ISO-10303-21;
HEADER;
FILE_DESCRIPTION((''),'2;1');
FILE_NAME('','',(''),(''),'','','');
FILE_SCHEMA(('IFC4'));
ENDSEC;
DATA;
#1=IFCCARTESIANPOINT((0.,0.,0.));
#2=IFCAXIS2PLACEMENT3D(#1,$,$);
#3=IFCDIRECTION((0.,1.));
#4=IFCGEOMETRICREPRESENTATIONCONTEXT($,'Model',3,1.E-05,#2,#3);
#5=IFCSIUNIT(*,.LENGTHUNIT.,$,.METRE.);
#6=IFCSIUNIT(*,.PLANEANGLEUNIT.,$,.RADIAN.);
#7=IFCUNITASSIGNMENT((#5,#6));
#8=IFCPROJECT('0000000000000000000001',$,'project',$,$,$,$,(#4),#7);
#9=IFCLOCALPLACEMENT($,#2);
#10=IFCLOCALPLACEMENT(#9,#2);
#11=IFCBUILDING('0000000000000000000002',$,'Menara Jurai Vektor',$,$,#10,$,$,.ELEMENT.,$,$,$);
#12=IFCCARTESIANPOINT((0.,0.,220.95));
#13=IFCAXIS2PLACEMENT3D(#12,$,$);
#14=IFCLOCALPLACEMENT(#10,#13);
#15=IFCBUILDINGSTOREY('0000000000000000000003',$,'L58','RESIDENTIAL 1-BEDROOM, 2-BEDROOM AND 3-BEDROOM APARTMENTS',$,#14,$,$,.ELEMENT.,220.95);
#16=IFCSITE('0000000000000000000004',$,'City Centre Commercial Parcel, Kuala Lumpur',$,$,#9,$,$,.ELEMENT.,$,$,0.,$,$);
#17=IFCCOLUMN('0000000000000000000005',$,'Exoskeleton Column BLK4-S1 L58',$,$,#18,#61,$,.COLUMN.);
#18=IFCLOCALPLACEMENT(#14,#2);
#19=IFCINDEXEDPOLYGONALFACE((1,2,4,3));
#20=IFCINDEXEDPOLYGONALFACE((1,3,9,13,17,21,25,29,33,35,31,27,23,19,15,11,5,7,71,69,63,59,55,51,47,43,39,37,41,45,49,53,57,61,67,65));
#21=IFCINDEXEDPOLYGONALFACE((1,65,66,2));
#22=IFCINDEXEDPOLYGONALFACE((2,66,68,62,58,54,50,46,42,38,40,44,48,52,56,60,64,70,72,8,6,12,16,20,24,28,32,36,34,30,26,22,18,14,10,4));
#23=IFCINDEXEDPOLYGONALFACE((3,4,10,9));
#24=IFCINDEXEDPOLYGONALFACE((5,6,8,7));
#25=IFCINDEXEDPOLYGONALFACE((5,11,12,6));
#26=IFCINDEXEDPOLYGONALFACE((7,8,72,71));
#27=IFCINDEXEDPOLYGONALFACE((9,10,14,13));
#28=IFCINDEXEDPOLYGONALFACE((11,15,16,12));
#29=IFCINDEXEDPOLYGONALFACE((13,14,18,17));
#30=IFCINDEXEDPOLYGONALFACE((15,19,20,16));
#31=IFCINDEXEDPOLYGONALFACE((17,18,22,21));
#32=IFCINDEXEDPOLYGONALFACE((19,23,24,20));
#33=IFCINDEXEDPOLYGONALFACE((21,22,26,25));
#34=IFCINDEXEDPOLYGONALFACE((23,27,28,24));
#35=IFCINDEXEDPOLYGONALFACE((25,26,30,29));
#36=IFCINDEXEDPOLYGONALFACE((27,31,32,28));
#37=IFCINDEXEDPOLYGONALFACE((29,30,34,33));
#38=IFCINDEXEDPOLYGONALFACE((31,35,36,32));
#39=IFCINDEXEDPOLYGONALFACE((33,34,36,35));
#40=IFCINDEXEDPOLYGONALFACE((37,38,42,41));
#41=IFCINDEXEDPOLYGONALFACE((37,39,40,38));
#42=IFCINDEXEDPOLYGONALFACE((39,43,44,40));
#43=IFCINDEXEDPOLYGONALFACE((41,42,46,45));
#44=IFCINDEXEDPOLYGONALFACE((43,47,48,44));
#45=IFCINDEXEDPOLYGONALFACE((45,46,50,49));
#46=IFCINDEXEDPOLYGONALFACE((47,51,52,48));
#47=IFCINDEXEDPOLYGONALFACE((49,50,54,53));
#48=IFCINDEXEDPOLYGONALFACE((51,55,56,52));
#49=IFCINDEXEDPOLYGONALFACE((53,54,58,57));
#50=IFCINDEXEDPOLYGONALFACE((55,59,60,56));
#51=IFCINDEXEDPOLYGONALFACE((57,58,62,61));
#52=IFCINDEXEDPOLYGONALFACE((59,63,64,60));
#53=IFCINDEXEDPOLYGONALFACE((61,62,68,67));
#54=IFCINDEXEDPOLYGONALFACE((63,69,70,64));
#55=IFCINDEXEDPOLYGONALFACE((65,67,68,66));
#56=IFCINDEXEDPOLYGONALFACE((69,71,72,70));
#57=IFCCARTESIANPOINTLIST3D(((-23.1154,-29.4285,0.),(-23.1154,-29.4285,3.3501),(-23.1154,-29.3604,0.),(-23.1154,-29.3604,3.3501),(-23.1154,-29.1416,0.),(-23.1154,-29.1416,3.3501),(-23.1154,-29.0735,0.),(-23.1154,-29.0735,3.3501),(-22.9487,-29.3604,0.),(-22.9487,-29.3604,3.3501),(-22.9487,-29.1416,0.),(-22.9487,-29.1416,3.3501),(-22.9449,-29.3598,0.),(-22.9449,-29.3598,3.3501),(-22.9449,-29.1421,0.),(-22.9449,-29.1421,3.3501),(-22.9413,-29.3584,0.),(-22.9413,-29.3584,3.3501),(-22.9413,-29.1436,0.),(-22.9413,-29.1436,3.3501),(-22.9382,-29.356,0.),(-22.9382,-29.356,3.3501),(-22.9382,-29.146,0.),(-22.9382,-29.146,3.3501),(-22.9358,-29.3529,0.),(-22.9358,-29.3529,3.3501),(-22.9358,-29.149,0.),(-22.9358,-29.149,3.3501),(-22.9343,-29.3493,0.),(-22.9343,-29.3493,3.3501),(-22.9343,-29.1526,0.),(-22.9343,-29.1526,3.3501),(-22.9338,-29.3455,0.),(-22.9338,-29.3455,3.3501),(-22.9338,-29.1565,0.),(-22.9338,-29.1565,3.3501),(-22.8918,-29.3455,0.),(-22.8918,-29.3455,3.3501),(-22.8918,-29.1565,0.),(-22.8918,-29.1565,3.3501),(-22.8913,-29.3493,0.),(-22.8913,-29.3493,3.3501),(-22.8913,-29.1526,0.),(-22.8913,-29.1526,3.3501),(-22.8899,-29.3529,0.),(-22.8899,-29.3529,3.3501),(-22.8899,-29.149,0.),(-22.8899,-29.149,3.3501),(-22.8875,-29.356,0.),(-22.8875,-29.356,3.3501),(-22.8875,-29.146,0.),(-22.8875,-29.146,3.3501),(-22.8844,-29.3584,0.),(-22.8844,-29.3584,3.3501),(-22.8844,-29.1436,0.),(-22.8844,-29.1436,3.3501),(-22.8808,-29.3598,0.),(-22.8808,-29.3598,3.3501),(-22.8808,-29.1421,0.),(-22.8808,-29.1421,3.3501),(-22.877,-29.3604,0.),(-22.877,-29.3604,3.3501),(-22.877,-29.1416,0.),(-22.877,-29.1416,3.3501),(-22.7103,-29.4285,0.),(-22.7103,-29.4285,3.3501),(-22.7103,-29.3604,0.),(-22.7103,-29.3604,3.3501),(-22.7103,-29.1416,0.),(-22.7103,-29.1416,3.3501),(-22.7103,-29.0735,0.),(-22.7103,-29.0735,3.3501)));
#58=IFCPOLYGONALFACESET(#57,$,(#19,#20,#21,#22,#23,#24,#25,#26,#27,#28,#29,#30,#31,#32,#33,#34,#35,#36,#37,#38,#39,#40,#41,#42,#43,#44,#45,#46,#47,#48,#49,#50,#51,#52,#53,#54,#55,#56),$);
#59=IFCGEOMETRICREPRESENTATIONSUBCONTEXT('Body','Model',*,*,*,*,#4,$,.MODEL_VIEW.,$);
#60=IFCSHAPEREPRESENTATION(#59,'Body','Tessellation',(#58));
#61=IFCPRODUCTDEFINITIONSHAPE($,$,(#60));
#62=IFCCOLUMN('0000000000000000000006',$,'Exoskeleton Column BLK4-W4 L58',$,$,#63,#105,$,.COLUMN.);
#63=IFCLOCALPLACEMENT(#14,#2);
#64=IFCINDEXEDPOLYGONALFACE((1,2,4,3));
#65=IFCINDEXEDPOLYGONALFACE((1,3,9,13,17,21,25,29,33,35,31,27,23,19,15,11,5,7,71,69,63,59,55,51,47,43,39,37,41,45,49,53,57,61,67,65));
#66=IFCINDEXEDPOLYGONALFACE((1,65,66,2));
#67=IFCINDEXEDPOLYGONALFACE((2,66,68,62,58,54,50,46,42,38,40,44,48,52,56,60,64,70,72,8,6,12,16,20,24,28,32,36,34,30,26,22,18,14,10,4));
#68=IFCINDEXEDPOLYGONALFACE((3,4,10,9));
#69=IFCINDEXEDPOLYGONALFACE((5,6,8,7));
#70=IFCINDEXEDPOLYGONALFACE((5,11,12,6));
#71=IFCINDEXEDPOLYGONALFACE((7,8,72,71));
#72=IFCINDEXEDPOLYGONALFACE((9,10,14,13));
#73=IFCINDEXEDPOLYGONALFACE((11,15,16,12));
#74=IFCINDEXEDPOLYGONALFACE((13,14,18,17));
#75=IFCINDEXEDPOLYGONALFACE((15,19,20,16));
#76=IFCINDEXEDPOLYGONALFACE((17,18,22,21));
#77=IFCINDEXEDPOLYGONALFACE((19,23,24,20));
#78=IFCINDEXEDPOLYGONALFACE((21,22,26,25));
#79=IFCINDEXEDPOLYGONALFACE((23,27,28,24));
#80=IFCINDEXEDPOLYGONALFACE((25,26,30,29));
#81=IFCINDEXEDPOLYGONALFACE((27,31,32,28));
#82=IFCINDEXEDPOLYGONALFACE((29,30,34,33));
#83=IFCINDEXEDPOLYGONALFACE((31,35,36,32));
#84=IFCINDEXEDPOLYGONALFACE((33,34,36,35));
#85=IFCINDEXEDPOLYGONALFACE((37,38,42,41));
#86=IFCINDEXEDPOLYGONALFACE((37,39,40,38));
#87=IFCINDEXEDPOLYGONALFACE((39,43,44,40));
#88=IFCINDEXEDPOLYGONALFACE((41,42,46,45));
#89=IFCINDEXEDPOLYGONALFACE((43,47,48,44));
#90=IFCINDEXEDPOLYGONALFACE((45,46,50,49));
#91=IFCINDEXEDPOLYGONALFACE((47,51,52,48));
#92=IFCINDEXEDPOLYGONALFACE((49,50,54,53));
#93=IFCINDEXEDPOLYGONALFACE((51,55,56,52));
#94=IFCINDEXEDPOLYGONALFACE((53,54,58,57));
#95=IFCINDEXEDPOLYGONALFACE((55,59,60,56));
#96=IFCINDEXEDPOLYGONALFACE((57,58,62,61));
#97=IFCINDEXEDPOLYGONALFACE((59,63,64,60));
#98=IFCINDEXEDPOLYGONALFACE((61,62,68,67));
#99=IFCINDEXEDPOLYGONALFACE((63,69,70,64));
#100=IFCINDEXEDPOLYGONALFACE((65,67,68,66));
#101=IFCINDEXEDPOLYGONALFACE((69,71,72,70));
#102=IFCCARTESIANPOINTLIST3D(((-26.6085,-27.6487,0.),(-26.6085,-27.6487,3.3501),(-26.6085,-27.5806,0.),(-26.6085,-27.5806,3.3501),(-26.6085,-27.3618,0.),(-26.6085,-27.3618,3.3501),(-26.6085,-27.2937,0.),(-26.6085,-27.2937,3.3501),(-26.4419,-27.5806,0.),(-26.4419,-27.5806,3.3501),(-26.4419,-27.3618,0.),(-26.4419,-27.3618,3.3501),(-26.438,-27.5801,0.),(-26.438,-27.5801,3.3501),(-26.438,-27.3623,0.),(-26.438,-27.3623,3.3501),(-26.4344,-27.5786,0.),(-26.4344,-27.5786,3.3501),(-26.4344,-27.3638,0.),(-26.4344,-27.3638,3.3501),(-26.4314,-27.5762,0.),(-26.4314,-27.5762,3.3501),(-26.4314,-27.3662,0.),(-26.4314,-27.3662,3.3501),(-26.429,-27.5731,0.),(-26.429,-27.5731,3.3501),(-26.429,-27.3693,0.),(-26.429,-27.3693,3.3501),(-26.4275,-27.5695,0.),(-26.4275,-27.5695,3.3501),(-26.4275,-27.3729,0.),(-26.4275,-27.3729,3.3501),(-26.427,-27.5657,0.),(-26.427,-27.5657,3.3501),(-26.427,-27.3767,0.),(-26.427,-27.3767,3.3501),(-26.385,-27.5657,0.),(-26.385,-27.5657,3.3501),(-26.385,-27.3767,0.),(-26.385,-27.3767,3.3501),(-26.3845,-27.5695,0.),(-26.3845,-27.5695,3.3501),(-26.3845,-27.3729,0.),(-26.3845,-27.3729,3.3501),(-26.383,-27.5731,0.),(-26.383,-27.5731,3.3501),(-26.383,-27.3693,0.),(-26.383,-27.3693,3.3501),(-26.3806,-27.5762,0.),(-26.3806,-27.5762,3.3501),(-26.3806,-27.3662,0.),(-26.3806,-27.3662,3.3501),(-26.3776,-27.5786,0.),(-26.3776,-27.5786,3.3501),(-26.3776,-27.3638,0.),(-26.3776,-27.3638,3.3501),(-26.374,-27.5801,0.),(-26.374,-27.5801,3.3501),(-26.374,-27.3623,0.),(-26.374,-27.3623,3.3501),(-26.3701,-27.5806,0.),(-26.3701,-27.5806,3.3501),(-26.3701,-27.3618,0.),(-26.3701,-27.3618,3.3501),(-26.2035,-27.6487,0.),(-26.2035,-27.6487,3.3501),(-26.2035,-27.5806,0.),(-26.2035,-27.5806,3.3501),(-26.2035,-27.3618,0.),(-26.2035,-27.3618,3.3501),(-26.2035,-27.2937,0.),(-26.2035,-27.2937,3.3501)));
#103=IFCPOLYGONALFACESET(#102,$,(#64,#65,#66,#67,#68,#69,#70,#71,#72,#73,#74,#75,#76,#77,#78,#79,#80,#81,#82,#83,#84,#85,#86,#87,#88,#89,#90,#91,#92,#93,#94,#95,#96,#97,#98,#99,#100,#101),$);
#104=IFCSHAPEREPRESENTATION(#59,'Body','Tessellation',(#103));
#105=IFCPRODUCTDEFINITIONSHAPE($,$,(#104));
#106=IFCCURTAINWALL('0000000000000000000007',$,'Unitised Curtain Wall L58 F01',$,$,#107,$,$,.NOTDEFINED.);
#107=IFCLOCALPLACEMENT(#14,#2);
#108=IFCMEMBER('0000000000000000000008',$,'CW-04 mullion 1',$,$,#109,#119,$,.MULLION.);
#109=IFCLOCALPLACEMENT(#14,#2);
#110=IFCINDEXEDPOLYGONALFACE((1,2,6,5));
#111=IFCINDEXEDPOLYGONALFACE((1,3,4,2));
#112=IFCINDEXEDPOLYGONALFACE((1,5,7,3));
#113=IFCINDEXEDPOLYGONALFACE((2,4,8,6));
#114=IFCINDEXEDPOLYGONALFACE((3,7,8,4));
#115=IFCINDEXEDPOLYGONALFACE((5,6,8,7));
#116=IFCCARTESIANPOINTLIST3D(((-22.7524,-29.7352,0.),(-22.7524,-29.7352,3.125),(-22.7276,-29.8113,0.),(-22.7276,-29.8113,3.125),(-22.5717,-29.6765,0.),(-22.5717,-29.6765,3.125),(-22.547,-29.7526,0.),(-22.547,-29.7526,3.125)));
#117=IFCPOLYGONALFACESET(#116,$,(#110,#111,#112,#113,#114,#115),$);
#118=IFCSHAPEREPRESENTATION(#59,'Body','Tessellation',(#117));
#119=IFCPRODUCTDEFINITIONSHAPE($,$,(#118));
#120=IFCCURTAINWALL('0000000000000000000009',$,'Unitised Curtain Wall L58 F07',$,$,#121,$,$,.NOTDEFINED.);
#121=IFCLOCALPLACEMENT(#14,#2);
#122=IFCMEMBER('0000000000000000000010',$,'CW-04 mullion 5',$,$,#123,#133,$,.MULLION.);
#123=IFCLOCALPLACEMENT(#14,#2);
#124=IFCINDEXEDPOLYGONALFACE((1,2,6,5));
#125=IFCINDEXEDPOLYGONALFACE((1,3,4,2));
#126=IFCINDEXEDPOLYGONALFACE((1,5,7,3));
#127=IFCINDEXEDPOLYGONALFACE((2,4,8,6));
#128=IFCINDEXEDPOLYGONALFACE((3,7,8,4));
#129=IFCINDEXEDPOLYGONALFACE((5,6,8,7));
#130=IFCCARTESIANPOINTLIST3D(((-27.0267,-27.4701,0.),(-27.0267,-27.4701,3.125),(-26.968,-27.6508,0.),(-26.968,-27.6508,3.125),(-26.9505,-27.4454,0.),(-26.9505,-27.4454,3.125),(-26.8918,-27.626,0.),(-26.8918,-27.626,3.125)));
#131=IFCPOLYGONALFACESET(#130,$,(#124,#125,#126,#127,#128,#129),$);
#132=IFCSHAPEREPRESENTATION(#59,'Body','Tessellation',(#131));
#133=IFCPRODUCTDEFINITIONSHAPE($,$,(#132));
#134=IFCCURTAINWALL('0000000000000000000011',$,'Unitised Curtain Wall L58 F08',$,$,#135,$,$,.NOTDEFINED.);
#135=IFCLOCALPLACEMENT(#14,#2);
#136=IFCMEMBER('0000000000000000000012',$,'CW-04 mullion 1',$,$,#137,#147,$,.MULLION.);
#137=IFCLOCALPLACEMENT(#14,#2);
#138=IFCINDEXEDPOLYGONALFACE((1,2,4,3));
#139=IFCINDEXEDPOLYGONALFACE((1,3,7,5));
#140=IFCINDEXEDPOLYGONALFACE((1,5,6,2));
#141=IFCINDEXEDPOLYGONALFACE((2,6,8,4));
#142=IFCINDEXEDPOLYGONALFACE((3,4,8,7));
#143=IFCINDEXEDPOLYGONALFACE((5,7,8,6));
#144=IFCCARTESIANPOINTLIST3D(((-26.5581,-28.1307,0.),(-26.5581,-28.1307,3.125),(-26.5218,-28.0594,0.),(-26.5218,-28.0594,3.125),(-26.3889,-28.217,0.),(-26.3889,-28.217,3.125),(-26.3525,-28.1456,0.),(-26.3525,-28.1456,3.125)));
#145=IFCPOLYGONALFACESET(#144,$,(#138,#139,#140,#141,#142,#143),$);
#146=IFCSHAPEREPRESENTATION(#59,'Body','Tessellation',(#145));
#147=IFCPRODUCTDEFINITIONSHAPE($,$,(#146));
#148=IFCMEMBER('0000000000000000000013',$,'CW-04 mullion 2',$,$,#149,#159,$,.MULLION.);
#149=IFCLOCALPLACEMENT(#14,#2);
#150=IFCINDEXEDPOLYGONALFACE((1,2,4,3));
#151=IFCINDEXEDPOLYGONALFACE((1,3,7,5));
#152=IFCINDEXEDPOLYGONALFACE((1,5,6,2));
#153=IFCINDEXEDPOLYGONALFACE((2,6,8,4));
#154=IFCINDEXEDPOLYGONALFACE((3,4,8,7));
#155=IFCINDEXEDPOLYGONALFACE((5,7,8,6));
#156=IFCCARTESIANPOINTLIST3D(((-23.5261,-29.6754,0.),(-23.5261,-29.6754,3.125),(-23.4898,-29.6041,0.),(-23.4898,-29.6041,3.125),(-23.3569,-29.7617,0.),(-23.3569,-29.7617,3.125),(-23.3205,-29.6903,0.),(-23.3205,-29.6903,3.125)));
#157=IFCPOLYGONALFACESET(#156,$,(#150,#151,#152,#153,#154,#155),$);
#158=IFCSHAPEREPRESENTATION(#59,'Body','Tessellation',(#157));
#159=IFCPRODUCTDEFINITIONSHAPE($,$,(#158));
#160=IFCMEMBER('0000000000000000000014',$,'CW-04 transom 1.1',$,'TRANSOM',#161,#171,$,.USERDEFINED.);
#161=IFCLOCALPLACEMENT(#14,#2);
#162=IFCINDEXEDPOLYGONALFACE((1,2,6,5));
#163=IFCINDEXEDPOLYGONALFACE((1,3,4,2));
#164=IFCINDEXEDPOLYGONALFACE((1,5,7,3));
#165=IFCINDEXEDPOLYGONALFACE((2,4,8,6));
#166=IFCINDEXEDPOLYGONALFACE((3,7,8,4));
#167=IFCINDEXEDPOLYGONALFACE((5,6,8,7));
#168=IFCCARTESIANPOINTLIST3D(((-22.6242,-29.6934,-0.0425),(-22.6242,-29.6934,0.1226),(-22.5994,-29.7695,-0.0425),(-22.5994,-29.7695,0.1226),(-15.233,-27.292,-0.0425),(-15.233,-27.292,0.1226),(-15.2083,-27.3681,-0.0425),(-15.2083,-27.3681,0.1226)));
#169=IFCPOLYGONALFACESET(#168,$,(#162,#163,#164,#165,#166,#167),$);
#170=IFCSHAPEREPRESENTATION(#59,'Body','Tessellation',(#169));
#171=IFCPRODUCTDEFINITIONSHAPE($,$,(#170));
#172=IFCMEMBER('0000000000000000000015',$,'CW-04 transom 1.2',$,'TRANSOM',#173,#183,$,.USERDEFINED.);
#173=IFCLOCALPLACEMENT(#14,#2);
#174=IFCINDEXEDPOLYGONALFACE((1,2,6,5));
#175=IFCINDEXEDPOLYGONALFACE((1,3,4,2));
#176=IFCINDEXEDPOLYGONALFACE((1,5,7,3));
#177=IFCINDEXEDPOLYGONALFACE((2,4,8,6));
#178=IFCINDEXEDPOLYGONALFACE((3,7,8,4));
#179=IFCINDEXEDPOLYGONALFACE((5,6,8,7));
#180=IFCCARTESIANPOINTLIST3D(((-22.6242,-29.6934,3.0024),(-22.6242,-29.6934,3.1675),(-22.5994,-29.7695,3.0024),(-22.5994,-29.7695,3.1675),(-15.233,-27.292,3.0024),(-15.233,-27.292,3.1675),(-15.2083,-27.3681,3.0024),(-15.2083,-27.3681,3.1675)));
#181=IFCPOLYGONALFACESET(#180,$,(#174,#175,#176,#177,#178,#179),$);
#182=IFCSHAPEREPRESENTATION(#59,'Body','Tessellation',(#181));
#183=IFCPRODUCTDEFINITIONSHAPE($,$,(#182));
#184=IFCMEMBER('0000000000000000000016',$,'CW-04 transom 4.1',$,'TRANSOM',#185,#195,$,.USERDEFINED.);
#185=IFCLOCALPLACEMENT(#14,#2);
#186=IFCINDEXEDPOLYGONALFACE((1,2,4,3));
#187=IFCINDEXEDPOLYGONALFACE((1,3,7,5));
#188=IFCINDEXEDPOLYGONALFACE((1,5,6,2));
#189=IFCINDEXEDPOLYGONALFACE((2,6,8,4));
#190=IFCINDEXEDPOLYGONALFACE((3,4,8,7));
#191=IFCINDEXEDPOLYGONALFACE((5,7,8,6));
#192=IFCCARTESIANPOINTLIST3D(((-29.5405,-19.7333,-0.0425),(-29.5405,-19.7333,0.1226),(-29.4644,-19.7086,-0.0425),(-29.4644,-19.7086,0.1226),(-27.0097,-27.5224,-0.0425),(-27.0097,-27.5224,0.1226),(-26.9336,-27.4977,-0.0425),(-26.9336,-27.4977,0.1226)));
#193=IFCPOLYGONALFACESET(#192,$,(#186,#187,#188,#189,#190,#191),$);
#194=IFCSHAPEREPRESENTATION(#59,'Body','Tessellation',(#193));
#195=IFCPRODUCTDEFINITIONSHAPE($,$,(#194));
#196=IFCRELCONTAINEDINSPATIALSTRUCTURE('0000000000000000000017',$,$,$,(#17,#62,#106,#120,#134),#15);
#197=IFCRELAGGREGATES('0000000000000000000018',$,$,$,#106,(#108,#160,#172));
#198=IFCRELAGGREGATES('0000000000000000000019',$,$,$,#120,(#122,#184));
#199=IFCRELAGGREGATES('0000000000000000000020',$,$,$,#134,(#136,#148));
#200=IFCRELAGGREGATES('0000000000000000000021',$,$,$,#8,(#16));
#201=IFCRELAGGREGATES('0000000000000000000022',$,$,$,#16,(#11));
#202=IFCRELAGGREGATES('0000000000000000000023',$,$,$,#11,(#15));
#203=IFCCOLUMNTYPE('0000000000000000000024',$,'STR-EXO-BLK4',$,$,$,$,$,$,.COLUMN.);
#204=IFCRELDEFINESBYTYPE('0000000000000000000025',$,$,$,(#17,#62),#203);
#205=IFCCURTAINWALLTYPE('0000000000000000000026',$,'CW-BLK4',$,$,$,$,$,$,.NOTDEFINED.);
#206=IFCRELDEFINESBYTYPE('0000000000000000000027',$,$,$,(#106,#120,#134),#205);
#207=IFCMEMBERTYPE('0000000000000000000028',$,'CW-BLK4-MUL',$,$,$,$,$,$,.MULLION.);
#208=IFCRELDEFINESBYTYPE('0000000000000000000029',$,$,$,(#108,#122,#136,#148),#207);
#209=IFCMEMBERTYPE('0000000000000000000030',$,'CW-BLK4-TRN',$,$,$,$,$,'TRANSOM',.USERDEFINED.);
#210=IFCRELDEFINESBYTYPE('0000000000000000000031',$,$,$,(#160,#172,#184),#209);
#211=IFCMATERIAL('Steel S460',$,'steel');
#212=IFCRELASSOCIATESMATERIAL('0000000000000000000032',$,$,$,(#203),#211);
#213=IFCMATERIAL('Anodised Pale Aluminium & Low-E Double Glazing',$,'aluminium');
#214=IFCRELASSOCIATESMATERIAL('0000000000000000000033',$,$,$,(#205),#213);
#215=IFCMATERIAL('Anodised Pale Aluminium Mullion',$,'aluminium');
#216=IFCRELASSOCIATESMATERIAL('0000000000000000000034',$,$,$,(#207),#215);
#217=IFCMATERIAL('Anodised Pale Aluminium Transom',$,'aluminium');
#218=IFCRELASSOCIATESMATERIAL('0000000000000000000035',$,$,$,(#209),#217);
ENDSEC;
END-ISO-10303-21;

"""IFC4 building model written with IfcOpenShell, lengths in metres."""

from ifc_helpers import new_model, si_unit, direction, frame, origin, origin_2d, place, context, subcontext, project, spatial, rectangle, i_section, extrude, material, material_profile, profile_set, type_object, element, aggregate, save


model = new_model("IFC4")

# Units and contexts
model_context = context("Model", 3, precision=1e-05, world=origin(), true_north=direction((0.0, 1.0)))
body_context = subcontext(model_context, "Body", "Model", "MODEL_VIEW")
ifc_project = project(units=[si_unit("LENGTHUNIT", "METRE"), si_unit("PLANEANGLEUNIT", "RADIAN")], contexts=[model_context])

# Site, building, storey
site_placement = place(None, origin())
site = spatial("IfcSite", under=ifc_project, at=site_placement, Name="City Centre Commercial Parcel, Kuala Lumpur", CompositionType="ELEMENT", RefElevation=0.0)
building_placement = place(site_placement, origin())
building = spatial("IfcBuilding", under=site, at=building_placement, Name="Menara Jurai Vektor", CompositionType="ELEMENT")
storey_placement = place(building_placement, frame((0.0, 0.0, 220.95)))
storey = spatial("IfcBuildingStorey", under=building, at=storey_placement, Name="L58", Description="RESIDENTIAL 1-BEDROOM, 2-BEDROOM AND 3-BEDROOM APARTMENTS", CompositionType="ELEMENT", Elevation=220.95)

# Columns
ifc_material_1 = material(Name="Steel S460", Category="steel")
ifc_material_profile_1 = material_profile(ifc_material_1, i_section(OverallWidth=0.405, OverallDepth=0.355, WebThickness=0.042, FlangeThickness=0.0681, FilletRadius=0.0149, at=origin_2d()), Name="HD 400x551")
ifc_profile_set_1 = profile_set([ifc_material_profile_1], Name="Steel S460")
column_type = type_object("IfcColumnType", Name="STR-EXO-BLK4", PredefinedType="COLUMN", material=ifc_profile_set_1)
for number, where, z_axis, x_axis, name in (
    (1, (-22.9128, -29.251, 0.0), (0.0, 0.0, 1.0), (1.0, 0.0, 0.0), "Exoskeleton Column BLK4-S1 L58"),
    (2, (-26.406, -27.4712, 0.0), (0.0, 0.0, 1.0), (1.0, 0.0, 0.0), "Exoskeleton Column BLK4-W4 L58"),
):
    element("IfcColumn", number, at=place(storey_placement, frame(where, z_axis=z_axis, x_axis=x_axis)), inside=storey, type_object=column_type, Name=name, PredefinedType="COLUMN", context=body_context, shape_type="SweptSolid", body=[
        extrude(i_section(OverallWidth=0.405, OverallDepth=0.355, WebThickness=0.042, FlangeThickness=0.0681, FilletRadius=0.0149, at=origin_2d()), origin(), (0.0, 0.0, 1.0), 3.3501),
    ])

# Curtain walls, members
ifc_material_2 = material(Name="Anodised Pale Aluminium & Low-E Double Glazing", Category="aluminium")
curtain_wall_type = type_object("IfcCurtainWallType", Name="CW-BLK4", PredefinedType="NOTDEFINED", material=ifc_material_2)
curtain_wall_1_placement = place(storey_placement, origin())
curtain_wall_1 = element("IfcCurtainWall", 3, at=curtain_wall_1_placement, inside=storey, type_object=curtain_wall_type, Name="Unitised Curtain Wall L58 F01", PredefinedType="NOTDEFINED")
ifc_material_3 = material(Name="Anodised Pale Aluminium Mullion", Category="aluminium")
ifc_material_profile_2 = material_profile(ifc_material_3, rectangle(XDim=0.0801, YDim=0.1899, at=origin_2d()), Name="ALU MUL 80x190")
ifc_profile_set_2 = profile_set([ifc_material_profile_2], Name="Anodised Pale Aluminium Mullion")
member_type_1 = type_object("IfcMemberType", Name="CW-BLK4-MUL", PredefinedType="MULLION", material=ifc_profile_set_2)
member_1_placement = place(storey_placement, frame((-22.6497, -29.7439, 0.0), z_axis=(0.0, 0.0, 1.0), x_axis=(-0.309017, 0.951056, 0.0)))
member_1 = element("IfcMember", 4, at=member_1_placement, type_object=member_type_1, Name="CW-04 mullion 1", PredefinedType="MULLION", context=body_context, shape_type="SweptSolid", body=[
    extrude(rectangle(XDim=0.0801, YDim=0.1899, at=origin_2d()), origin(), (0.0, 0.0, 1.0), 3.125),
])
curtain_wall_2_placement = place(storey_placement, origin())
curtain_wall_2 = element("IfcCurtainWall", 5, at=curtain_wall_2_placement, inside=storey, type_object=curtain_wall_type, Name="Unitised Curtain Wall L58 F07", PredefinedType="NOTDEFINED")
member_2_placement = place(storey_placement, frame((-26.9592, -27.5481, 0.0), z_axis=(0.0, 0.0, 1.0), x_axis=(0.951057, 0.309016, 0.0)))
member_2 = element("IfcMember", 6, at=member_2_placement, type_object=member_type_1, Name="CW-04 mullion 5", PredefinedType="MULLION", context=body_context, shape_type="SweptSolid", body=[
    extrude(rectangle(XDim=0.0801, YDim=0.1899, at=origin_2d()), origin(), (0.0, 0.0, 1.0), 3.125),
])

# Curtain wall, members
curtain_wall_3_placement = place(storey_placement, origin())
curtain_wall_3 = element("IfcCurtainWall", 7, at=curtain_wall_3_placement, inside=storey, type_object=curtain_wall_type, Name="Unitised Curtain Wall L58 F08", PredefinedType="NOTDEFINED")
member_3_placement = place(storey_placement, frame((-26.4553, -28.1382, 0.0), z_axis=(0.0, 0.0, 1.0), x_axis=(0.453989, 0.891008, 0.0)))
member_3 = element("IfcMember", 8, at=member_3_placement, type_object=member_type_1, Name="CW-04 mullion 1", PredefinedType="MULLION", context=body_context, shape_type="SweptSolid", body=[
    extrude(rectangle(XDim=0.0801, YDim=0.1899, at=origin_2d()), origin(), (0.0, 0.0, 1.0), 3.125),
])
member_4_placement = place(storey_placement, frame((-23.4233, -29.6829, 0.0), z_axis=(0.0, 0.0, 1.0), x_axis=(0.453989, 0.891008, 0.0)))
member_4 = element("IfcMember", 9, at=member_4_placement, type_object=member_type_1, Name="CW-04 mullion 2", PredefinedType="MULLION", context=body_context, shape_type="SweptSolid", body=[
    extrude(rectangle(XDim=0.0801, YDim=0.1899, at=origin_2d()), origin(), (0.0, 0.0, 1.0), 3.125),
])

# Members
ifc_material_4 = material(Name="Anodised Pale Aluminium Transom", Category="aluminium")
ifc_material_profile_3 = material_profile(ifc_material_4, rectangle(XDim=0.0801, YDim=0.165, at=origin_2d()), Name="ALU TRN 80x165")
ifc_profile_set_3 = profile_set([ifc_material_profile_3], Name="Anodised Pale Aluminium Transom")
member_type_2 = type_object("IfcMemberType", Name="CW-BLK4-TRN", ElementType="TRANSOM", PredefinedType="USERDEFINED", material=ifc_profile_set_3)
member_5_placement = place(storey_placement, frame((-22.6118, -29.7314, 0.04), z_axis=(0.951062, 0.308999, 0.0), x_axis=(-0.308999, 0.951062, 0.0)))
member_5 = element("IfcMember", 10, at=member_5_placement, type_object=member_type_2, Name="CW-04 transom 1.1", ObjectType="TRANSOM", PredefinedType="USERDEFINED", context=body_context, shape_type="SweptSolid", body=[
    extrude(rectangle(XDim=0.0801, YDim=0.165, at=origin_2d()), origin(), (0.0, 0.0, 1.0), 7.7715),
])
member_6_placement = place(storey_placement, frame((-22.6118, -29.7314, 3.085), z_axis=(0.951062, 0.308999, 0.0), x_axis=(-0.308999, 0.951062, 0.0)))
member_6 = element("IfcMember", 11, at=member_6_placement, type_object=member_type_2, Name="CW-04 transom 1.2", ObjectType="TRANSOM", PredefinedType="USERDEFINED", context=body_context, shape_type="SweptSolid", body=[
    extrude(rectangle(XDim=0.0801, YDim=0.165, at=origin_2d()), origin(), (0.0, 0.0, 1.0), 7.7715),
])
aggregate(curtain_wall_1, [member_1, member_5, member_6])
member_7_placement = place(storey_placement, frame((-29.5024, -19.7209, 0.04), z_axis=(0.309011, -0.951059, 0.0), x_axis=(0.951059, 0.309011, 0.0)))
member_7 = element("IfcMember", 12, at=member_7_placement, type_object=member_type_2, Name="CW-04 transom 4.1", ObjectType="TRANSOM", PredefinedType="USERDEFINED", context=body_context, shape_type="SweptSolid", body=[
    extrude(rectangle(XDim=0.0801, YDim=0.165, at=origin_2d()), origin(), (0.0, 0.0, 1.0), 8.1899),
])

aggregate(curtain_wall_2, [member_2, member_7])
aggregate(curtain_wall_3, [member_3, member_4])

save(model, "model.ifc")
